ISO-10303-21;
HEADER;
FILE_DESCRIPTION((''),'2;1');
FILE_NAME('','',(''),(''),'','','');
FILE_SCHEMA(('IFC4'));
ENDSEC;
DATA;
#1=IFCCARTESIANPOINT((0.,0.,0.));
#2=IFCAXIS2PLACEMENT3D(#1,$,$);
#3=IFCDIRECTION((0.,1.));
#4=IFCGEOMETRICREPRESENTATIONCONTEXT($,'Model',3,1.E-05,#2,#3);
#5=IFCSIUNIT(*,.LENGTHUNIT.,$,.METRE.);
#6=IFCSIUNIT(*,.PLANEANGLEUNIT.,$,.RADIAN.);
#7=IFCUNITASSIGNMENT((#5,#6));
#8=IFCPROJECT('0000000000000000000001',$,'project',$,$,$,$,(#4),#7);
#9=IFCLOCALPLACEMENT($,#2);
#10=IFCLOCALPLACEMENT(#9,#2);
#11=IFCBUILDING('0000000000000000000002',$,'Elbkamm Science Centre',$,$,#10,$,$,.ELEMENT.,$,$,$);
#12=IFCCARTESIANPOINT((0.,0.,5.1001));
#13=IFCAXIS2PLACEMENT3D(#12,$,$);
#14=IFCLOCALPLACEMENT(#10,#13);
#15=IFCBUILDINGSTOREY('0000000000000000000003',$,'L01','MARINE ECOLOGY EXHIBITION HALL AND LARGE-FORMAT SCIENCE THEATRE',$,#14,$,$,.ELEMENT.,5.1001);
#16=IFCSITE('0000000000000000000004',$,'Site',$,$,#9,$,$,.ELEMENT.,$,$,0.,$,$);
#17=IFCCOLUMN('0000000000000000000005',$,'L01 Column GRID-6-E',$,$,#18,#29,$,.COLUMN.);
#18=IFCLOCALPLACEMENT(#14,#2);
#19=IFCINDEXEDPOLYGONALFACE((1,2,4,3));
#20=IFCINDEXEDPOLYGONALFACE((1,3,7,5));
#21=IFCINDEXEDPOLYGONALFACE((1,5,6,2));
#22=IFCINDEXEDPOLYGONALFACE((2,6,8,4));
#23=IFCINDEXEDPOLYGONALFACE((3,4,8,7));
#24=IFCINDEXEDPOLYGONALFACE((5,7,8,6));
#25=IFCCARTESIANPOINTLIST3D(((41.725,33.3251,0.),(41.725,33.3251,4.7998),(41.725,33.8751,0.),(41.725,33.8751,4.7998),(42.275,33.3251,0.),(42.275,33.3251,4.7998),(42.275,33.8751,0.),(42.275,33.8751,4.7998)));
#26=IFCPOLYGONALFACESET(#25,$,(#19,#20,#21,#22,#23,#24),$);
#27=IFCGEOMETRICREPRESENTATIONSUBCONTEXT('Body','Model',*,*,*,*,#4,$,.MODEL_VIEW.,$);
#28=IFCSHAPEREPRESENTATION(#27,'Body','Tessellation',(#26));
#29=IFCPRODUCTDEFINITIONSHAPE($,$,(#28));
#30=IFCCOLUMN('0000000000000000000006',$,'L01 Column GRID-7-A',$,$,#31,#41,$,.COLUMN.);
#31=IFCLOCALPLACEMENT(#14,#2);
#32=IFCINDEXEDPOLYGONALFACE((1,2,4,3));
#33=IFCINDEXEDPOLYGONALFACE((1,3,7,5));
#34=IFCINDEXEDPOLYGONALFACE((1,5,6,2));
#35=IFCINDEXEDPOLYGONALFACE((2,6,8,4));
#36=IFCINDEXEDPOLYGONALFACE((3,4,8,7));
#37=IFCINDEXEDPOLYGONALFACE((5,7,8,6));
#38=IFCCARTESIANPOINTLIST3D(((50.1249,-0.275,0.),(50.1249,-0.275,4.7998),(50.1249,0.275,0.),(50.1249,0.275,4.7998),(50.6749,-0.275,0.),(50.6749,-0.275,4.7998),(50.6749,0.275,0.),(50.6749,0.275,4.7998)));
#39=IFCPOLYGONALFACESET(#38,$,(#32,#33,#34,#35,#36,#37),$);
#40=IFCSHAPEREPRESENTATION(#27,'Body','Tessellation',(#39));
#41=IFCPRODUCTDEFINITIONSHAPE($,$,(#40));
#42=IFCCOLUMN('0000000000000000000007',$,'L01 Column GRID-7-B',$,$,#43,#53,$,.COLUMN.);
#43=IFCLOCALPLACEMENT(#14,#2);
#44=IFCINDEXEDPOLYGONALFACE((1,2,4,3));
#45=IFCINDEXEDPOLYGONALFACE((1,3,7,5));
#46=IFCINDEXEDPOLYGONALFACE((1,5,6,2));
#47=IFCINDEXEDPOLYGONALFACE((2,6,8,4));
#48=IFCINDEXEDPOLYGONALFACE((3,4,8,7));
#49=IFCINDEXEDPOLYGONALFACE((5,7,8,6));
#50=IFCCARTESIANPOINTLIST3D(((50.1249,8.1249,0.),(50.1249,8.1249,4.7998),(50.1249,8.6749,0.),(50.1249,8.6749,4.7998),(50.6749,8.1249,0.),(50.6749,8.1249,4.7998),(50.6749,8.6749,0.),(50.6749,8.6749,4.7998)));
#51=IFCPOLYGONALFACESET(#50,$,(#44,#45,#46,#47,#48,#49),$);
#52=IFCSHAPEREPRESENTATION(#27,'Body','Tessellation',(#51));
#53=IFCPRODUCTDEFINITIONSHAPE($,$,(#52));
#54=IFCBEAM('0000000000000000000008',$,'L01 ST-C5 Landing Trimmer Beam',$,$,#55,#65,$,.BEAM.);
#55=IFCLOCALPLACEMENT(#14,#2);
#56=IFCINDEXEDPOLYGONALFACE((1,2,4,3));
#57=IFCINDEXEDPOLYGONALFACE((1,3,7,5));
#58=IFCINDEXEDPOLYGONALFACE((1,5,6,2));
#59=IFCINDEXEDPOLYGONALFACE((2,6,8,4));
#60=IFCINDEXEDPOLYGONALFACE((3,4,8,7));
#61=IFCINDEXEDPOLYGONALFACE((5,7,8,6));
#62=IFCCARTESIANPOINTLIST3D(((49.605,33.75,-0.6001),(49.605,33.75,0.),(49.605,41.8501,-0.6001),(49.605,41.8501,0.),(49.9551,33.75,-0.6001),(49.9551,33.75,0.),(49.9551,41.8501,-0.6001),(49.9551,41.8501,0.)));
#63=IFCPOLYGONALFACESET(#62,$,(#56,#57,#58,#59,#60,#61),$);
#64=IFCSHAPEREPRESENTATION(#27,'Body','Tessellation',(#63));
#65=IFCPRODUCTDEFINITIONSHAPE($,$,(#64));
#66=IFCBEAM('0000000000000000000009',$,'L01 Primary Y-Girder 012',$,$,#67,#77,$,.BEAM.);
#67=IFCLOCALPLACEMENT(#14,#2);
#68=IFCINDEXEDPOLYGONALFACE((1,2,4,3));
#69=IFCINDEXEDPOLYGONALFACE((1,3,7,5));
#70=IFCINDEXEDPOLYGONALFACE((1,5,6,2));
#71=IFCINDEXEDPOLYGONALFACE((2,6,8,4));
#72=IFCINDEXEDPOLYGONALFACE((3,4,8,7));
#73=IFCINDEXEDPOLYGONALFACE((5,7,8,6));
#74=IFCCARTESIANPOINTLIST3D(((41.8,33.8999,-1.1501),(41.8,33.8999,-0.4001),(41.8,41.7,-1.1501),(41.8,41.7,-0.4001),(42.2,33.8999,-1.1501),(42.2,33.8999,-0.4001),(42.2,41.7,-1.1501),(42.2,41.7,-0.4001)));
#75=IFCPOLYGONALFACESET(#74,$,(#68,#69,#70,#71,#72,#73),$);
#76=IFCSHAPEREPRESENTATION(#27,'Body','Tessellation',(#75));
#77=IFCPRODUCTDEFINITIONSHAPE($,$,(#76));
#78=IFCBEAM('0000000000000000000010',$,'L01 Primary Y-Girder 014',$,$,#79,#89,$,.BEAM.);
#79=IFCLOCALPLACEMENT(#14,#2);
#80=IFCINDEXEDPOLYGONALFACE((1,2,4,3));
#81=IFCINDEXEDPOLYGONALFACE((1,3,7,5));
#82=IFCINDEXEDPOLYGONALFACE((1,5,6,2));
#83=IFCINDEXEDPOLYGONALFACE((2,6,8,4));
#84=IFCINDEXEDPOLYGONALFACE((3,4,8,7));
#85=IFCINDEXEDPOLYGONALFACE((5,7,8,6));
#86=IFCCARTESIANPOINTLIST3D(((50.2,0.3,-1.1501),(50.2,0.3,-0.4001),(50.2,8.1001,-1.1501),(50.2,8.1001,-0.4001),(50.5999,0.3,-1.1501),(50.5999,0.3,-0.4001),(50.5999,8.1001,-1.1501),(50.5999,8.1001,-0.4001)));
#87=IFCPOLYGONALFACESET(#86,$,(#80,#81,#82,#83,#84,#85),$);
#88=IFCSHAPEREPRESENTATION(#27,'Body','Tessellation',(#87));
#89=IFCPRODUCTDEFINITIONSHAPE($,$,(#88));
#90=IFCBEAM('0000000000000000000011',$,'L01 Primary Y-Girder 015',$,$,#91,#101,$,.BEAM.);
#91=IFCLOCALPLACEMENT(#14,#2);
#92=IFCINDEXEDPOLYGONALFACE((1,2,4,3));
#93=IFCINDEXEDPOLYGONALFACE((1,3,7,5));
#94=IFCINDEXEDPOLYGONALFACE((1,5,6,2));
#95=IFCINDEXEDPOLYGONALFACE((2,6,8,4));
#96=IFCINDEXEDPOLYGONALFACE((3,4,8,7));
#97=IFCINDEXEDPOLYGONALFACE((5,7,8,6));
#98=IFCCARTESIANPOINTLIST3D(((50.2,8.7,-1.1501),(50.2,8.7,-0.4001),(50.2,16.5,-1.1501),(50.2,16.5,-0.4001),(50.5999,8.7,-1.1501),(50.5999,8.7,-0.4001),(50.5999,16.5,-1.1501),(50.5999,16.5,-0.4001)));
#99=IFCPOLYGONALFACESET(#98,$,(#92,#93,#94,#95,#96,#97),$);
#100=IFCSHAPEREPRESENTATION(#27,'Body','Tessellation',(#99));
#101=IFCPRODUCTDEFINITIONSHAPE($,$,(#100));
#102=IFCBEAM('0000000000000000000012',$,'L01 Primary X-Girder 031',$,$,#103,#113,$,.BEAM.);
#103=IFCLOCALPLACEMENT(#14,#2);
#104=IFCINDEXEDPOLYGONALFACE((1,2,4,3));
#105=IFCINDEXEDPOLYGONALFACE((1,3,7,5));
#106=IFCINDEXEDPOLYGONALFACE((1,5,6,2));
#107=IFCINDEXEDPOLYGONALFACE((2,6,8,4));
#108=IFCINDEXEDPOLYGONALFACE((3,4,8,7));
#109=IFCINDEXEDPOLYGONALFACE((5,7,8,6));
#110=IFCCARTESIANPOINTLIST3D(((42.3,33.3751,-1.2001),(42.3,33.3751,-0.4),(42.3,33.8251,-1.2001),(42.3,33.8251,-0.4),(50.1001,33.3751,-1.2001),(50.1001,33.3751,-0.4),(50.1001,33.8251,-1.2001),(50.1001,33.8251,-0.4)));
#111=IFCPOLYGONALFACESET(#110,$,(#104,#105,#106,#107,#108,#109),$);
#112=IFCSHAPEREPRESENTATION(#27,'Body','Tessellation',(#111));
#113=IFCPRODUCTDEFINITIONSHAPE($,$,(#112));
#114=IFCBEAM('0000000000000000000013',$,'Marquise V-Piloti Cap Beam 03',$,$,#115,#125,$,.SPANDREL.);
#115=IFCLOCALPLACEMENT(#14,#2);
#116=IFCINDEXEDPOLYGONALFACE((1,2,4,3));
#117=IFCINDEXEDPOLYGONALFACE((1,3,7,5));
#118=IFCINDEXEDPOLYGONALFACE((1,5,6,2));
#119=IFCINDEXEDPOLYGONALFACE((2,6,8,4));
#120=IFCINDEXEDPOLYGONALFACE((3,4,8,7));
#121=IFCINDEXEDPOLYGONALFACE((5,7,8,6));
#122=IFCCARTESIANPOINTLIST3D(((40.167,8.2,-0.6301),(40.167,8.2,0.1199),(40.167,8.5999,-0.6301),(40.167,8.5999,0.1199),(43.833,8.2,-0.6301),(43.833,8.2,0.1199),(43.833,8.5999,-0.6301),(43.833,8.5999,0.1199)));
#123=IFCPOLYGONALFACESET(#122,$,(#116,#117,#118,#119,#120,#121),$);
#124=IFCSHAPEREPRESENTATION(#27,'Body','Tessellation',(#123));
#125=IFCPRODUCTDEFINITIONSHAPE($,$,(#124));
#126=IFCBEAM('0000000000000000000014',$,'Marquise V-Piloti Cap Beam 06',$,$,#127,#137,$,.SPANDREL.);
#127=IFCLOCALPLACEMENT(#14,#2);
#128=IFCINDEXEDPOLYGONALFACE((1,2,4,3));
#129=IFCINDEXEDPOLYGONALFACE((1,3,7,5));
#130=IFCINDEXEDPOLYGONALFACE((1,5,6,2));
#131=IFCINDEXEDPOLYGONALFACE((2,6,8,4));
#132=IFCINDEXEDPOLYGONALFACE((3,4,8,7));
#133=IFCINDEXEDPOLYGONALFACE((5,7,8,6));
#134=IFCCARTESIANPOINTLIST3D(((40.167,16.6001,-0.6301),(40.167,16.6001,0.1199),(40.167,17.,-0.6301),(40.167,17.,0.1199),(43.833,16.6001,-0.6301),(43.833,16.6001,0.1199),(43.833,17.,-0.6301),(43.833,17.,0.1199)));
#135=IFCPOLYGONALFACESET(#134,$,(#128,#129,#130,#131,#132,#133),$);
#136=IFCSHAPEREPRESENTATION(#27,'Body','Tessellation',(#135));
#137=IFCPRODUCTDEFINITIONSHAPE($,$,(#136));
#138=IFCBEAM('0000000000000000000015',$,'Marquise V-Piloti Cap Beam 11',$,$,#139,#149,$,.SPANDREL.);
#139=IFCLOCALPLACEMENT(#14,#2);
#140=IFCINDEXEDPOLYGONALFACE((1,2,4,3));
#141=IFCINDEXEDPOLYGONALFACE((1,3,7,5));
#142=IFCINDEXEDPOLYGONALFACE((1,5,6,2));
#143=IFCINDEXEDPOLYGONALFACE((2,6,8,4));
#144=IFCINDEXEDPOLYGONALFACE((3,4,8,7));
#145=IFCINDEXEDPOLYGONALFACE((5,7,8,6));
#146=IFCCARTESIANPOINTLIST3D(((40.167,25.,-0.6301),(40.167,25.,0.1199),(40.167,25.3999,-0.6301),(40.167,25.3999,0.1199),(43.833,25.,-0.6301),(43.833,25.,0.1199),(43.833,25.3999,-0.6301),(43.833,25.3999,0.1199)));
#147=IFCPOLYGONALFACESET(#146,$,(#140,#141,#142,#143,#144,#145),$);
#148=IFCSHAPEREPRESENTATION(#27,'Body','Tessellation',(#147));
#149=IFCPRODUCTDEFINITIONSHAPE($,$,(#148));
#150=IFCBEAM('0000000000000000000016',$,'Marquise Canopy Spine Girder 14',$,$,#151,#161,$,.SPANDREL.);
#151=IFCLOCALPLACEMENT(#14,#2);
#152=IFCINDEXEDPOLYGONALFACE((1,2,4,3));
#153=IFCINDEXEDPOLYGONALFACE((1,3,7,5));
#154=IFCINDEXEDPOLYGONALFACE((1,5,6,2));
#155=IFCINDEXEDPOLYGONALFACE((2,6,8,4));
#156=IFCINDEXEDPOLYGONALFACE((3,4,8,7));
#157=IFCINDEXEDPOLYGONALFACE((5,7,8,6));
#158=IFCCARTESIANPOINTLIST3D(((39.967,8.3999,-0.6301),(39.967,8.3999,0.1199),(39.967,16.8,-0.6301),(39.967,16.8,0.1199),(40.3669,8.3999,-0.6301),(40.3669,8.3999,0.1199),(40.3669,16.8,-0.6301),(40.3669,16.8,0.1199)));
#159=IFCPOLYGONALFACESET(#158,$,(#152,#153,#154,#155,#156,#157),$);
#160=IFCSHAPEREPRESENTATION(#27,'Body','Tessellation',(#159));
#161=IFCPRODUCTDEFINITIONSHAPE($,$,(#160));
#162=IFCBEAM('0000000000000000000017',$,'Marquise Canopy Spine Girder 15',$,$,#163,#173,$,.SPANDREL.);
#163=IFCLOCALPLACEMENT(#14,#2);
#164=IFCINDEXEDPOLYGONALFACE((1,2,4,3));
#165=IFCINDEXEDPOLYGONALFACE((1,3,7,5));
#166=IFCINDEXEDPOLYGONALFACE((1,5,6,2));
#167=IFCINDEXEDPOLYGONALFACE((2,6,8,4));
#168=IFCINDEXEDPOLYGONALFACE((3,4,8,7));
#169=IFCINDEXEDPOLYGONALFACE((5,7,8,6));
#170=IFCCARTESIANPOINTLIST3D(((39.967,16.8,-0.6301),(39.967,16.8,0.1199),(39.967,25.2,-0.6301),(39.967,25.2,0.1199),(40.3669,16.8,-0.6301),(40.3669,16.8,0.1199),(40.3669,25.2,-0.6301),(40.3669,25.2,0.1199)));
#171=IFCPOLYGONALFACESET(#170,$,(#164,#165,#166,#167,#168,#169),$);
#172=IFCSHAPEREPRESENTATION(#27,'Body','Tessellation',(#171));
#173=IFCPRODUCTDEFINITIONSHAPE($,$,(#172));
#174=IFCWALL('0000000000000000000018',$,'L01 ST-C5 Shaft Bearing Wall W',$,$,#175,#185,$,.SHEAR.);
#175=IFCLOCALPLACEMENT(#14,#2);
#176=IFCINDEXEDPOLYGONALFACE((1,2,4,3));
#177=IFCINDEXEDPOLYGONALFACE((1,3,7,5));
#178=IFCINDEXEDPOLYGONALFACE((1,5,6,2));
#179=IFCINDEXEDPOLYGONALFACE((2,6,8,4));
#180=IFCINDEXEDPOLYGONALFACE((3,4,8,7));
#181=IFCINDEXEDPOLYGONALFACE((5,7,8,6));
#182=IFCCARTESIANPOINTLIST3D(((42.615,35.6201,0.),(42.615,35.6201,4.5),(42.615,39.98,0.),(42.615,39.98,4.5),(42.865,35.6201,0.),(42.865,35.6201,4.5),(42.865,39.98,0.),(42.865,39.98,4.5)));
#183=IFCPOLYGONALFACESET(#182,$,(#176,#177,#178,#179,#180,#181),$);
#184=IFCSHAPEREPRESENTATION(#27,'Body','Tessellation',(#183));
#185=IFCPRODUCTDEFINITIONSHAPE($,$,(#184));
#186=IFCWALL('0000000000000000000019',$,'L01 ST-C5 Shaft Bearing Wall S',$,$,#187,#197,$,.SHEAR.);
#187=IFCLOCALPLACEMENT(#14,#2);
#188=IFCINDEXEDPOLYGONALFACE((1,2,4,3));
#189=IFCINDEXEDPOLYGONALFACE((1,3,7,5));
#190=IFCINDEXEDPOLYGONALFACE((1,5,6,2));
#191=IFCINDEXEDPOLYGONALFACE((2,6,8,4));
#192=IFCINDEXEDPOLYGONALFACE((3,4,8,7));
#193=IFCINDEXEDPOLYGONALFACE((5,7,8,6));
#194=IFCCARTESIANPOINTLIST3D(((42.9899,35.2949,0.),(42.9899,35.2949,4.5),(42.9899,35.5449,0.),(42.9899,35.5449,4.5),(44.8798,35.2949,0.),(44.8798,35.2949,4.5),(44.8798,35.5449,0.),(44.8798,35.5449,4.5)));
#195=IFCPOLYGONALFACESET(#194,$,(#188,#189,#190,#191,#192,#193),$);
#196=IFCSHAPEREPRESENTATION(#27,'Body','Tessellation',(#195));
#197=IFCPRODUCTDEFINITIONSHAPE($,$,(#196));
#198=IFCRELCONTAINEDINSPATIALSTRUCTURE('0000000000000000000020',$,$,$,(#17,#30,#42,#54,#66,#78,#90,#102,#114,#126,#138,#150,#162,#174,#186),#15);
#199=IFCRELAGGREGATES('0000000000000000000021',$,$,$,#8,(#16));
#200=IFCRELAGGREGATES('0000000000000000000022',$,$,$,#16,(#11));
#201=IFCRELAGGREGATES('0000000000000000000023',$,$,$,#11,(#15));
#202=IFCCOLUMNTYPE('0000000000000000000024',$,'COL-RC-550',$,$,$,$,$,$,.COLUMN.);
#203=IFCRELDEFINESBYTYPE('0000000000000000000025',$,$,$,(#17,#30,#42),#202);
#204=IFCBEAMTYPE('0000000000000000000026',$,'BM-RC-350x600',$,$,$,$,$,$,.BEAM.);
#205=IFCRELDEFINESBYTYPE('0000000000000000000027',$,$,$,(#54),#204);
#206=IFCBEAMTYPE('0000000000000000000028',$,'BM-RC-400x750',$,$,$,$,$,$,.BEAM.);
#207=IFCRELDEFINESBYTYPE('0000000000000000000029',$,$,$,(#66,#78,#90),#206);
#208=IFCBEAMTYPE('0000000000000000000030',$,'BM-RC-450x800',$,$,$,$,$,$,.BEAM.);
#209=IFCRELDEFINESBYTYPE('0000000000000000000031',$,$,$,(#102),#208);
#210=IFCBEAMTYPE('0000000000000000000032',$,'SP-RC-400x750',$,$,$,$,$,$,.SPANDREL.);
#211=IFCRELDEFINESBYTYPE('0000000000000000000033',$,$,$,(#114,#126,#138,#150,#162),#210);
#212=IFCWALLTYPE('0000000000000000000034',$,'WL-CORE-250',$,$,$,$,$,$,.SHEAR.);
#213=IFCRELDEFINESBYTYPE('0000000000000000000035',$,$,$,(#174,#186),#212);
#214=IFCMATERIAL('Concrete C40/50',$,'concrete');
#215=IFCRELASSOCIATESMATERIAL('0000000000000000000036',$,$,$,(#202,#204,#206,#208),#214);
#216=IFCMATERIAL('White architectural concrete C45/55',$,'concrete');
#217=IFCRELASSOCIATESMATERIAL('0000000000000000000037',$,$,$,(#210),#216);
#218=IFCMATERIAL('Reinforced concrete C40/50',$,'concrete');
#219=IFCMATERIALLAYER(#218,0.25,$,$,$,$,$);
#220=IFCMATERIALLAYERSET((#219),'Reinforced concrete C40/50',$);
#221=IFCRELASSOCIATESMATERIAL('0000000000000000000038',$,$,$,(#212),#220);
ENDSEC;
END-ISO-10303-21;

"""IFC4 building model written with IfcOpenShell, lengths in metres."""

from ifc_helpers import new_model, si_unit, direction, frame, frame_2d, origin, origin_2d, place, context, subcontext, project, spatial, rectangle, extrude, material, layer, layer_set, material_profile, profile_set, type_object, element, save


model = new_model("IFC4")

# Units and contexts
model_context = context("Model", 3, precision=1e-05, world=origin(), true_north=direction((0.0, 1.0)))
body_context = subcontext(model_context, "Body", "Model", "MODEL_VIEW")
ifc_project = project(units=[si_unit("LENGTHUNIT", "METRE"), si_unit("PLANEANGLEUNIT", "RADIAN")], contexts=[model_context])

# Site, building, storey
site_placement = place(None, origin())
site = spatial("IfcSite", under=ifc_project, at=site_placement, Name="Site", CompositionType="ELEMENT", RefElevation=0.0)
building_placement = place(site_placement, origin())
building = spatial("IfcBuilding", under=site, at=building_placement, Name="Elbkamm Science Centre", CompositionType="ELEMENT")
storey_placement = place(building_placement, frame((0.0, 0.0, 5.1001)))
storey = spatial("IfcBuildingStorey", under=building, at=storey_placement, Name="L01", Description="MARINE ECOLOGY EXHIBITION HALL AND LARGE-FORMAT SCIENCE THEATRE", CompositionType="ELEMENT", Elevation=5.1001)

# Columns
ifc_material_1 = material(Name="Concrete C40/50", Category="concrete")
ifc_material_profile_1 = material_profile(ifc_material_1, rectangle(XDim=0.55, YDim=0.55, at=origin_2d()), Name="RC 550x550")
ifc_profile_set_1 = profile_set([ifc_material_profile_1], Name="Concrete C40/50")
column_type = type_object("IfcColumnType", Name="COL-RC-550", PredefinedType="COLUMN", material=ifc_profile_set_1)
for number, where, z_axis, x_axis, name in (
    (1, (42.0, 33.6001, 0.0), (0.0, 0.0, 1.0), (1.0, 0.0, 0.0), "L01 Column GRID-6-E"),
    (2, (50.3999, 0.0, 0.0), (0.0, 0.0, 1.0), (1.0, 0.0, 0.0), "L01 Column GRID-7-A"),
    (3, (50.3999, 8.3999, 0.0), (0.0, 0.0, 1.0), (1.0, 0.0, 0.0), "L01 Column GRID-7-B"),
):
    element("IfcColumn", number, at=place(storey_placement, frame(where, z_axis=z_axis, x_axis=x_axis)), inside=storey, type_object=column_type, Name=name, PredefinedType="COLUMN", context=body_context, shape_type="SweptSolid", body=[
        extrude(rectangle(XDim=0.55, YDim=0.55, at=origin_2d()), origin(), (0.0, 0.0, 1.0), 4.7998),
    ])

# Beams
ifc_material_profile_2 = material_profile(ifc_material_1, rectangle(XDim=0.3501, YDim=0.6001, at=origin_2d()), Name="RC 350x600")
ifc_profile_set_2 = profile_set([ifc_material_profile_2], Name="Concrete C40/50")
beam_type_1 = type_object("IfcBeamType", Name="BM-RC-350x600", PredefinedType="BEAM", material=ifc_profile_set_2)
beam_1_placement = place(storey_placement, frame((49.78, 33.75, -0.3), z_axis=(0.0, 1.0, 0.0), x_axis=(-1.0, 0.0, 0.0)))
element("IfcBeam", 4, at=beam_1_placement, inside=storey, type_object=beam_type_1, Name="L01 ST-C5 Landing Trimmer Beam", PredefinedType="BEAM", context=body_context, shape_type="SweptSolid", body=[
    extrude(rectangle(XDim=0.3501, YDim=0.6001, at=origin_2d()), origin(), (0.0, 0.0, 1.0), 8.1001),
])
ifc_material_profile_3 = material_profile(ifc_material_1, rectangle(XDim=0.3999, YDim=0.75, at=origin_2d()), Name="RC 400x750")
ifc_profile_set_3 = profile_set([ifc_material_profile_3], Name="Concrete C40/50")
beam_type_2 = type_object("IfcBeamType", Name="BM-RC-400x750", PredefinedType="BEAM", material=ifc_profile_set_3)
for number, where, z_axis, x_axis, name in (
    (5, (42.0, 33.8999, -0.7751), (0.0, 1.0, 0.0), (-1.0, 0.0, 0.0), "L01 Primary Y-Girder 012"),
    (6, (50.3999, 0.3, -0.7751), (0.0, 1.0, 0.0), (-1.0, 0.0, 0.0), "L01 Primary Y-Girder 014"),
    (7, (50.3999, 8.7, -0.7751), (0.0, 1.0, 0.0), (-1.0, 0.0, 0.0), "L01 Primary Y-Girder 015"),
):
    element("IfcBeam", number, at=place(storey_placement, frame(where, z_axis=z_axis, x_axis=x_axis)), inside=storey, type_object=beam_type_2, Name=name, PredefinedType="BEAM", context=body_context, shape_type="SweptSolid", body=[
        extrude(rectangle(XDim=0.3999, YDim=0.75, at=origin_2d()), origin(), (0.0, 0.0, 1.0), 7.8),
    ])
ifc_material_profile_4 = material_profile(ifc_material_1, rectangle(XDim=0.45, YDim=0.8, at=origin_2d()), Name="RC 450x800")
ifc_profile_set_4 = profile_set([ifc_material_profile_4], Name="Concrete C40/50")
beam_type_3 = type_object("IfcBeamType", Name="BM-RC-450x800", PredefinedType="BEAM", material=ifc_profile_set_4)
beam_2_placement = place(storey_placement, frame((42.3, 33.6001, -0.8), z_axis=(1.0, 0.0, 0.0), x_axis=(0.0, 1.0, 0.0)))
element("IfcBeam", 8, at=beam_2_placement, inside=storey, type_object=beam_type_3, Name="L01 Primary X-Girder 031", PredefinedType="BEAM", context=body_context, shape_type="SweptSolid", body=[
    extrude(rectangle(XDim=0.45, YDim=0.8, at=origin_2d()), origin(), (0.0, 0.0, 1.0), 7.8),
])
ifc_material_2 = material(Name="White architectural concrete C45/55", Category="concrete")
ifc_material_profile_5 = material_profile(ifc_material_2, rectangle(XDim=0.3999, YDim=0.75, at=origin_2d()), Name="RC 400x750")
ifc_profile_set_5 = profile_set([ifc_material_profile_5], Name="White architectural concrete C45/55")
beam_type_4 = type_object("IfcBeamType", Name="SP-RC-400x750", PredefinedType="SPANDREL", material=ifc_profile_set_5)
for number, where, z_axis, x_axis, name in (
    (9, (40.167, 8.3999, -0.2551), (1.0, 0.0, 0.0), (0.0, 1.0, 0.0), "Marquise V-Piloti Cap Beam 03"),
    (10, (40.167, 16.8, -0.2551), (1.0, 0.0, 0.0), (0.0, 1.0, 0.0), "Marquise V-Piloti Cap Beam 06"),
    (11, (40.167, 25.2, -0.2551), (1.0, 0.0, 0.0), (0.0, 1.0, 0.0), "Marquise V-Piloti Cap Beam 11"),
):
    element("IfcBeam", number, at=place(storey_placement, frame(where, z_axis=z_axis, x_axis=x_axis)), inside=storey, type_object=beam_type_4, Name=name, PredefinedType="SPANDREL", context=body_context, shape_type="SweptSolid", body=[
        extrude(rectangle(XDim=0.3999, YDim=0.75, at=origin_2d()), origin(), (0.0, 0.0, 1.0), 3.666),
    ])
beam_3_placement = place(storey_placement, frame((40.167, 8.3999, -0.2551), z_axis=(0.0, 1.0, 0.0), x_axis=(-1.0, 0.0, 0.0)))
element("IfcBeam", 12, at=beam_3_placement, inside=storey, type_object=beam_type_4, Name="Marquise Canopy Spine Girder 14", PredefinedType="SPANDREL", context=body_context, shape_type="SweptSolid", body=[
    extrude(rectangle(XDim=0.3999, YDim=0.75, at=origin_2d()), origin(), (0.0, 0.0, 1.0), 8.4001),
])
beam_4_placement = place(storey_placement, frame((40.167, 16.8, -0.2551), z_axis=(0.0, 1.0, 0.0), x_axis=(-1.0, 0.0, 0.0)))
element("IfcBeam", 13, at=beam_4_placement, inside=storey, type_object=beam_type_4, Name="Marquise Canopy Spine Girder 15", PredefinedType="SPANDREL", context=body_context, shape_type="SweptSolid", body=[
    extrude(rectangle(XDim=0.3999, YDim=0.75, at=origin_2d()), origin(), (0.0, 0.0, 1.0), 8.3999),
])

# Walls
ifc_material_3 = material(Name="Reinforced concrete C40/50", Category="concrete")
ifc_layer_1 = layer(ifc_material_3, 0.25)
ifc_layer_set_1 = layer_set([ifc_layer_1], Name="Reinforced concrete C40/50")
wall_type_1 = type_object("IfcWallType", Name="WL-CORE-250", PredefinedType="SHEAR", material=ifc_layer_set_1)
wall_1_placement = place(storey_placement, frame((42.74, 35.6201, 0.0), z_axis=(0.0, 0.0, 1.0), x_axis=(0.0, 1.0, 0.0)))
element("IfcWall", 14, at=wall_1_placement, inside=storey, type_object=wall_type_1, Name="L01 ST-C5 Shaft Bearing Wall W", PredefinedType="SHEAR", context=body_context, shape_type="SweptSolid", body=[
    extrude(rectangle(XDim=4.3599, YDim=0.25, at=frame_2d((2.1799, 0.0))), origin(), (0.0, 0.0, 1.0), 4.5),
])
for number, where, z_axis, x_axis, name in (
    (15, (42.99, 35.4199, 0.0), (0.0, 0.0, 1.0), (1.0, 0.0, 0.0), "L01 ST-C5 Shaft Bearing Wall S"),
):
    element("IfcWall", number, at=place(storey_placement, frame(where, z_axis=z_axis, x_axis=x_axis)), inside=storey, type_object=wall_type_1, Name=name, PredefinedType="SHEAR", context=body_context, shape_type="SweptSolid", body=[
        extrude(rectangle(XDim=1.8899, YDim=0.25, at=frame_2d((0.9448, 0.0))), origin(), (0.0, 0.0, 1.0), 4.5),
    ])

save(model, "model.ifc")
